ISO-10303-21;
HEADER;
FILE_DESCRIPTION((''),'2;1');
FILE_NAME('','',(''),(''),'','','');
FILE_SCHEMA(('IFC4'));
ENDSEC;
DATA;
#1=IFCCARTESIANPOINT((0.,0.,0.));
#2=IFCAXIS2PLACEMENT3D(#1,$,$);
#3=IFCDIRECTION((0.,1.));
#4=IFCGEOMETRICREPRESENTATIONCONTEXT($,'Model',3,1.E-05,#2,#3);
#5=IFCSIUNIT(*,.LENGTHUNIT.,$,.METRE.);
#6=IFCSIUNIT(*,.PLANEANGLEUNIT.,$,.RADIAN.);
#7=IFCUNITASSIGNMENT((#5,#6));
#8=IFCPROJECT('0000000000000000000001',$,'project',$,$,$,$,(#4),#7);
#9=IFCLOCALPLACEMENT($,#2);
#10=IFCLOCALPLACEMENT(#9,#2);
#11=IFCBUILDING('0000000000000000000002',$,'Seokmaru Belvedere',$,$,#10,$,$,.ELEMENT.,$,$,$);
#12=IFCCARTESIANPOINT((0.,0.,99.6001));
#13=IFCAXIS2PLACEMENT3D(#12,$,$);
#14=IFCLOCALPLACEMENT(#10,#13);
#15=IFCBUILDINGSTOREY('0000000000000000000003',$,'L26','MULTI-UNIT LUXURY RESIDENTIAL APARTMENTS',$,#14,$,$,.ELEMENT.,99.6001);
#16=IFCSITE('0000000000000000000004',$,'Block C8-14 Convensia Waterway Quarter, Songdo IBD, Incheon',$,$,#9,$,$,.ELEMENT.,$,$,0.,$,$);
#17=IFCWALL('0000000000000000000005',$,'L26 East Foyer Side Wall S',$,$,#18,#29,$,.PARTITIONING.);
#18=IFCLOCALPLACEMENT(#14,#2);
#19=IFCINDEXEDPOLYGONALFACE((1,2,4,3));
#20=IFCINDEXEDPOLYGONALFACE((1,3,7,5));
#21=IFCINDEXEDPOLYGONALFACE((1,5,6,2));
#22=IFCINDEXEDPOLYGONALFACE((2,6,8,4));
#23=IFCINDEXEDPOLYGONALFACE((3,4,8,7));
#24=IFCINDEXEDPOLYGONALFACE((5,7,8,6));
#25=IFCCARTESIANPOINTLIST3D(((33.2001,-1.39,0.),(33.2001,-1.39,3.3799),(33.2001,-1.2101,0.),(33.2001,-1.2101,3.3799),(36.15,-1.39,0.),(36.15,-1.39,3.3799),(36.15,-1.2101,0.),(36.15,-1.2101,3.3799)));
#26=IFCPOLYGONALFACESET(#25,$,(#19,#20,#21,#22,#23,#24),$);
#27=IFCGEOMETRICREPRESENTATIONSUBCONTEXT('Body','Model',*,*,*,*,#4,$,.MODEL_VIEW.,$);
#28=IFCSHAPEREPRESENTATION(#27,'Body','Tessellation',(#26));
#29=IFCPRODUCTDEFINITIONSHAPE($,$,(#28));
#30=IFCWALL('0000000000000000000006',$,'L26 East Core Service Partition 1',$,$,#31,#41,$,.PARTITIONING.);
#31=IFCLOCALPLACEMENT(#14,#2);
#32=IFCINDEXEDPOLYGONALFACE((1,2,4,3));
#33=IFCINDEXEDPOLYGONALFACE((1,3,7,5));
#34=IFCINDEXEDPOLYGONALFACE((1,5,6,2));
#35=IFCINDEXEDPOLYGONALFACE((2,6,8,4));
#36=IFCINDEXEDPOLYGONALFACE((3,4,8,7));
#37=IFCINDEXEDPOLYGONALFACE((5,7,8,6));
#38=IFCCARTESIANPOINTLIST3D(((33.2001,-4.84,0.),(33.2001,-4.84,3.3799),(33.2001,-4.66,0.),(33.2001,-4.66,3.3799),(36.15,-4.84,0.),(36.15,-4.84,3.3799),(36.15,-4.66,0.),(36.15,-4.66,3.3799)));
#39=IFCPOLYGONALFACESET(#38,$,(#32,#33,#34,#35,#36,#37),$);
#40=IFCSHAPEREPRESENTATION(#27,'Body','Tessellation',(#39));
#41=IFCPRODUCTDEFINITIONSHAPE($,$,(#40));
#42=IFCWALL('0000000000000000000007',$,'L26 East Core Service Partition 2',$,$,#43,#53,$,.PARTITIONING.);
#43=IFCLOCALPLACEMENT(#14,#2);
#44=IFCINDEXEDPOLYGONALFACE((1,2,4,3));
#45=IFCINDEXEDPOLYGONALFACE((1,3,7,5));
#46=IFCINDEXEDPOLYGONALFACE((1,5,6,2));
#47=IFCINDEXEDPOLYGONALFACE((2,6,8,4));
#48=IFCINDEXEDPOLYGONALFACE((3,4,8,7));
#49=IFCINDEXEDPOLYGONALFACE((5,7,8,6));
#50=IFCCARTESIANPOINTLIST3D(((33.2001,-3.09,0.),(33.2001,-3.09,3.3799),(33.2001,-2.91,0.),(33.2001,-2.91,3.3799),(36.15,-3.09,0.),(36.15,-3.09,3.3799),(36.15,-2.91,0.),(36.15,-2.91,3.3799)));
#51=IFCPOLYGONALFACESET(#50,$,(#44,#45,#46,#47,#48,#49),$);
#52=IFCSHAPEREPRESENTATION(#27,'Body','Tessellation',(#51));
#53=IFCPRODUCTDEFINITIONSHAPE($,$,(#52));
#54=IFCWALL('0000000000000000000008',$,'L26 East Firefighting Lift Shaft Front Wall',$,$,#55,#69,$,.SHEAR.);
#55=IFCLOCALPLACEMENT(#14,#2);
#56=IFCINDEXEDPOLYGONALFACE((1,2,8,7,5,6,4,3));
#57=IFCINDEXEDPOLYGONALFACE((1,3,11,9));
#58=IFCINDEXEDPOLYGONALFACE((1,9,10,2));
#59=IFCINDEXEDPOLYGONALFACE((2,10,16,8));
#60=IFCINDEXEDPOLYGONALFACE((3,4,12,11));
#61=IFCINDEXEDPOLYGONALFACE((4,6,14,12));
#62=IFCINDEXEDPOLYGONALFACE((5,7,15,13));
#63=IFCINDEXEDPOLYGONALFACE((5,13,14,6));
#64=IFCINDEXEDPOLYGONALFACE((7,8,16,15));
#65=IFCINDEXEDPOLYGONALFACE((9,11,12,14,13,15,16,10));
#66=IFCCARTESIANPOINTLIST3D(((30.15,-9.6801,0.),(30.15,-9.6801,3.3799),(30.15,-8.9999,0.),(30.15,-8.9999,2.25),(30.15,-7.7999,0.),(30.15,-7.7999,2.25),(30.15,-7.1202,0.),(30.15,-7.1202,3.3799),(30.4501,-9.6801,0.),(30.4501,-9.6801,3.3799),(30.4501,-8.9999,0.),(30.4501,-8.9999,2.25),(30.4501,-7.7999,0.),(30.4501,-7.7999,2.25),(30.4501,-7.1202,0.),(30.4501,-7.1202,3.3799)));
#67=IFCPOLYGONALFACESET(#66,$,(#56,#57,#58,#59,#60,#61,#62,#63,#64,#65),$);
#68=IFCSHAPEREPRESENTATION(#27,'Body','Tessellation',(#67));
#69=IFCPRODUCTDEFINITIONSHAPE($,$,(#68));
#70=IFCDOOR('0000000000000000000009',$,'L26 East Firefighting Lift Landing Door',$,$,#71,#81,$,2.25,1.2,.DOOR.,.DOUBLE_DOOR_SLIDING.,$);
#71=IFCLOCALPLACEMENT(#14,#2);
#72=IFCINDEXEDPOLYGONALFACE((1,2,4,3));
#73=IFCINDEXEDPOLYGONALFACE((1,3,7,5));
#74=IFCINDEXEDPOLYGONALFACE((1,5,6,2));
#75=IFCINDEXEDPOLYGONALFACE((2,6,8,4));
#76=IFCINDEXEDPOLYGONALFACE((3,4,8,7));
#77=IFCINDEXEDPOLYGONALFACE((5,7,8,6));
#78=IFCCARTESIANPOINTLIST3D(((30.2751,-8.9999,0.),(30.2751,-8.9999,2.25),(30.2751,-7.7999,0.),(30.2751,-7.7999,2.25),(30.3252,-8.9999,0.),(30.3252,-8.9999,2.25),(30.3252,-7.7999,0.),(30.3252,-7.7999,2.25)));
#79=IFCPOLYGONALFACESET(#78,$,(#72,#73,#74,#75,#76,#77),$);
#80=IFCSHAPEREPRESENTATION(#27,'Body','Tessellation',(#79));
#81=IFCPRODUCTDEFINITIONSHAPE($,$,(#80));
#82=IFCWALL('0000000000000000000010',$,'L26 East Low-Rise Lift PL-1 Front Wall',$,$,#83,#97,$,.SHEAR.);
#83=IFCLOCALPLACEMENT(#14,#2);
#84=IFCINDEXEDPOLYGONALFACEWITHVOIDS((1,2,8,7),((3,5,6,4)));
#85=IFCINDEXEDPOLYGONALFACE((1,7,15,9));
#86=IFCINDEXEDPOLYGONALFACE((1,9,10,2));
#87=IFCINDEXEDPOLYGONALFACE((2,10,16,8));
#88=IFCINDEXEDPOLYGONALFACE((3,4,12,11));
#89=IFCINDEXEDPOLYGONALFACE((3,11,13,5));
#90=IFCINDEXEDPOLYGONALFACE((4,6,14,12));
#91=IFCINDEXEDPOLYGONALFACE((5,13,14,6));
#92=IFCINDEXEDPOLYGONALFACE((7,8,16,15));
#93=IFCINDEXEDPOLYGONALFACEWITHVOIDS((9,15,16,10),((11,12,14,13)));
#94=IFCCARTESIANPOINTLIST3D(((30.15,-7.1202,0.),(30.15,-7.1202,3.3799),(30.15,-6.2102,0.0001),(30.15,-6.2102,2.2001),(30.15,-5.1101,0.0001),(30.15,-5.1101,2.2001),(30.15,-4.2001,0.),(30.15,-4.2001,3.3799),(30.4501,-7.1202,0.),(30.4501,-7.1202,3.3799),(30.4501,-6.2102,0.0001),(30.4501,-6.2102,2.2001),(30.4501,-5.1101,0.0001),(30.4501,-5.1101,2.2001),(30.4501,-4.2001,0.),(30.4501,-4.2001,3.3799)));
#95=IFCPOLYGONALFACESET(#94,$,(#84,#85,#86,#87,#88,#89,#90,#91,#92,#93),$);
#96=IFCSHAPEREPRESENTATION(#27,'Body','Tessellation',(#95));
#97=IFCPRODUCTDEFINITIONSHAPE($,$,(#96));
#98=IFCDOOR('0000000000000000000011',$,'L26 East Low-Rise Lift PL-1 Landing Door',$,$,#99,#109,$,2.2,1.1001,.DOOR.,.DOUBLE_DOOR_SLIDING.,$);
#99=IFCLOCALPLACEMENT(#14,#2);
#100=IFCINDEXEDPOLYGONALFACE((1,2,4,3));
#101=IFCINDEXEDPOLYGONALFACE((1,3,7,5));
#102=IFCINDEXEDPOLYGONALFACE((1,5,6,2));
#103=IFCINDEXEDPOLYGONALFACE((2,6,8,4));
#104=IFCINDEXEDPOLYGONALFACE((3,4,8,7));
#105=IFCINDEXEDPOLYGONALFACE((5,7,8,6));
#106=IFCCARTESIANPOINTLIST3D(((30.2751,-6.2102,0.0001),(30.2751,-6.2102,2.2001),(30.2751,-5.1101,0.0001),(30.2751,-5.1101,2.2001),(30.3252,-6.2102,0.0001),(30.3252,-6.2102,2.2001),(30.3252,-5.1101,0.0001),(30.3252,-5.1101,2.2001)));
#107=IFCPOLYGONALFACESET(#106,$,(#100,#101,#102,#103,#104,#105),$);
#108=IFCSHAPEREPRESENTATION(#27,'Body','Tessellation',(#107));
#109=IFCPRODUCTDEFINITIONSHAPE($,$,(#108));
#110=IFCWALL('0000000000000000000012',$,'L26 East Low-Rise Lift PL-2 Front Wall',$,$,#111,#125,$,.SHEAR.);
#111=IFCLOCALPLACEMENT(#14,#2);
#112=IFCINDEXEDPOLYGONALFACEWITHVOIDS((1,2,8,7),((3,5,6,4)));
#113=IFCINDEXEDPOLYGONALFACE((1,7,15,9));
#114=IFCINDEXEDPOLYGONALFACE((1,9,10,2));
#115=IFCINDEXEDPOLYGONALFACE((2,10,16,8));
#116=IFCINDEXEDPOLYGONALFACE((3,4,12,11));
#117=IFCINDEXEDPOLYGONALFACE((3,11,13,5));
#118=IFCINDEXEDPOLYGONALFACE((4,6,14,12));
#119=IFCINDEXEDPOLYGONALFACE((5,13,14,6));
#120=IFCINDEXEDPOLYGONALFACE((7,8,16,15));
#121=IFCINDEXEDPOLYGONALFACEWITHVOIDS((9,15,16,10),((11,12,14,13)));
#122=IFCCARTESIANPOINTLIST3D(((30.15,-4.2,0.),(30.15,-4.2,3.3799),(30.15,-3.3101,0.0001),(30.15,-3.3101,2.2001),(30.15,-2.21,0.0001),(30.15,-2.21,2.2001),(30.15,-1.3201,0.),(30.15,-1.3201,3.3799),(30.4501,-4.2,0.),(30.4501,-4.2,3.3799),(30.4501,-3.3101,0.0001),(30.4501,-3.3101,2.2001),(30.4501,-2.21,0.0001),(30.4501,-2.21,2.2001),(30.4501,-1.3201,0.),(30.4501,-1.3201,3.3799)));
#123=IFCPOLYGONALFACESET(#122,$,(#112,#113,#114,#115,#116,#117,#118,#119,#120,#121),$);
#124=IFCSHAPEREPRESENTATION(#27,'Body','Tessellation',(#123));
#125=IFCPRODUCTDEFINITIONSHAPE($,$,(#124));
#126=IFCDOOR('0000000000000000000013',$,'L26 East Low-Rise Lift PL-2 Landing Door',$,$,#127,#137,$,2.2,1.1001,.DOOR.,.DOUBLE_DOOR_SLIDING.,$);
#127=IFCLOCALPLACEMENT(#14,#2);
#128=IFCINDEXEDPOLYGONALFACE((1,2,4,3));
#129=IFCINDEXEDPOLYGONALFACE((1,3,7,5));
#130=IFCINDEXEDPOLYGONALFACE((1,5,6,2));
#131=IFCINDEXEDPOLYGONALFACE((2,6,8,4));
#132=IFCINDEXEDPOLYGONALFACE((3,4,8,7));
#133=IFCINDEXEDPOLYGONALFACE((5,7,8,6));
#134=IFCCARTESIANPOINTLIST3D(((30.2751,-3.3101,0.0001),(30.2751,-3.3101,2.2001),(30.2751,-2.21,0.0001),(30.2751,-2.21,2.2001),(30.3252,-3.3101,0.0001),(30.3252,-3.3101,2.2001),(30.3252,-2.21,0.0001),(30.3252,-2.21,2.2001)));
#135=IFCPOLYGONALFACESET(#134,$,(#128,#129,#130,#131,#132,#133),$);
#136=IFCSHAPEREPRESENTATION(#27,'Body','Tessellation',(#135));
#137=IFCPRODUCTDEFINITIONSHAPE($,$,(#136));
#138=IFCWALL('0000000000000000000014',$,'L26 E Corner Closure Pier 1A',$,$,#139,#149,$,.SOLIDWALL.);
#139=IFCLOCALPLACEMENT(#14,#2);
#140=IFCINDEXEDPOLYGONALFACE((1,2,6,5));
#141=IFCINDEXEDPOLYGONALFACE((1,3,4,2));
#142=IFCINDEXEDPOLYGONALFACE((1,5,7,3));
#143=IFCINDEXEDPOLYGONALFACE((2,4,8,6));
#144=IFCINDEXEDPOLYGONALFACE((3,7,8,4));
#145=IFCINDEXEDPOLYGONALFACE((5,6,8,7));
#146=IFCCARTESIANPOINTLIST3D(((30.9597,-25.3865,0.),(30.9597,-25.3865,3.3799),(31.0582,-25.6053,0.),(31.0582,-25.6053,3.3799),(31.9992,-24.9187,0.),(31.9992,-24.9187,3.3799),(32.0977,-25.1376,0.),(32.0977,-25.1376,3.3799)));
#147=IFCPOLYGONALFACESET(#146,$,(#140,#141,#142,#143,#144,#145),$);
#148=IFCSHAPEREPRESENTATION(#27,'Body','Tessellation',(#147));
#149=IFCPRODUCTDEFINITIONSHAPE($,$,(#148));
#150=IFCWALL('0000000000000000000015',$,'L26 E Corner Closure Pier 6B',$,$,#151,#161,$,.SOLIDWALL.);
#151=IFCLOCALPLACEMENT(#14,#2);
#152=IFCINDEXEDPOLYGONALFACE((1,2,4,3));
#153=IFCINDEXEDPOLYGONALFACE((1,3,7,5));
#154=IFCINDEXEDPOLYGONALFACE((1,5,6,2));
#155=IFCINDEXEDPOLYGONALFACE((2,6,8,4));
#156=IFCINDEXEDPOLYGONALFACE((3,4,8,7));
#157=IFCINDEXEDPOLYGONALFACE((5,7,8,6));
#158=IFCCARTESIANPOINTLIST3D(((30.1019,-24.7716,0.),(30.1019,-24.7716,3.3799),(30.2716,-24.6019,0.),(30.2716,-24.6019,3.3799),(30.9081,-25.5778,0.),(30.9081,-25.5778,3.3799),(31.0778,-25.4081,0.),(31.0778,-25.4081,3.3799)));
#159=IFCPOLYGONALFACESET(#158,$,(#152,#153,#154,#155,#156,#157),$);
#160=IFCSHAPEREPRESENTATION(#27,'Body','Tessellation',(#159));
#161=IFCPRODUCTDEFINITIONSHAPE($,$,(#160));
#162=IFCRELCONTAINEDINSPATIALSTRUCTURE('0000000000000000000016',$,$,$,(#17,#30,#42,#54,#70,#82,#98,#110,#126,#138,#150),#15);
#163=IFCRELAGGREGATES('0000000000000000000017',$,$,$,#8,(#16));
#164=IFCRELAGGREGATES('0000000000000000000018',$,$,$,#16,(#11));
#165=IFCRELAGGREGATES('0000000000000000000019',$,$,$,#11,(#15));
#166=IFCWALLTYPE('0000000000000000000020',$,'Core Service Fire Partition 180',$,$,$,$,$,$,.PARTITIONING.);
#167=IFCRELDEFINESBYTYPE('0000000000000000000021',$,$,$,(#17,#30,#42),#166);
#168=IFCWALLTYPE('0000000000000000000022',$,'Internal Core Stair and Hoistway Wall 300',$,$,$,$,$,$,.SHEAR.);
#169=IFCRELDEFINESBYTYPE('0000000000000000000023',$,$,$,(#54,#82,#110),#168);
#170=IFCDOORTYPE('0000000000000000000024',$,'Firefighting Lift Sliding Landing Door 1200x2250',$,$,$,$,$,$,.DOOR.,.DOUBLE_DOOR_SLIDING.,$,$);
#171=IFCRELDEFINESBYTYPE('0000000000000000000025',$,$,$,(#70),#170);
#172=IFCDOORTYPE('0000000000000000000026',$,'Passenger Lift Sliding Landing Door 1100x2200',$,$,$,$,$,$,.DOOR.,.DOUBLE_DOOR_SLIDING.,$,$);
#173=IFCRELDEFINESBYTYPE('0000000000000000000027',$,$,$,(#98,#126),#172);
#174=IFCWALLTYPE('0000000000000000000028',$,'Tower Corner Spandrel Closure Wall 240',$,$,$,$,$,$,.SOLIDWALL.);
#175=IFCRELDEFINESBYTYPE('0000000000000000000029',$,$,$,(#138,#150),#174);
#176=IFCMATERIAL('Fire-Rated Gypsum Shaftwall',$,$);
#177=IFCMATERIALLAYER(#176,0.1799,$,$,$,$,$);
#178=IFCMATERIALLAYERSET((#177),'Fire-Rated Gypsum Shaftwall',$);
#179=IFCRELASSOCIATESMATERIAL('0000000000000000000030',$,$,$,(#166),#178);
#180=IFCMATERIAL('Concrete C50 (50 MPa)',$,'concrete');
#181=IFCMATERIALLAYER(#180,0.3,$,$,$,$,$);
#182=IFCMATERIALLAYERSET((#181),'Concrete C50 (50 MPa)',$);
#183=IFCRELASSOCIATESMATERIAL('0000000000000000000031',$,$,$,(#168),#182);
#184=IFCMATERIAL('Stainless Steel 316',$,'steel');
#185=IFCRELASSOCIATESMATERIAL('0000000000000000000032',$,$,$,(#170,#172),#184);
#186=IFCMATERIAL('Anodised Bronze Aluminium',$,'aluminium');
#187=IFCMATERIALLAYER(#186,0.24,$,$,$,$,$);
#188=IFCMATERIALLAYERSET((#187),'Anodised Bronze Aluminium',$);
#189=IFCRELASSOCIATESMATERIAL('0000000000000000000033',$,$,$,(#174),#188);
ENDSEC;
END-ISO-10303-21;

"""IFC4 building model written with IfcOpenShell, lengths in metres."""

from ifc_helpers import new_model, si_unit, direction, frame, frame_2d, origin, place, context, subcontext, project, spatial, rectangle, extrude, source, transform, mapped, material, layer, layer_set, type_object, type_shapes, element, fill, save


model = new_model("IFC4")

# Units and contexts
model_context = context("Model", 3, precision=1e-05, world=origin(), true_north=direction((0.0, 1.0)))
body_context = subcontext(model_context, "Body", "Model", "MODEL_VIEW")
ifc_project = project(units=[si_unit("LENGTHUNIT", "METRE"), si_unit("PLANEANGLEUNIT", "RADIAN")], contexts=[model_context])

# Site, building, storey
site_placement = place(None, origin())
site = spatial("IfcSite", under=ifc_project, at=site_placement, Name="Block C8-14 Convensia Waterway Quarter, Songdo IBD, Incheon", CompositionType="ELEMENT", RefElevation=0.0)
building_placement = place(site_placement, origin())
building = spatial("IfcBuilding", under=site, at=building_placement, Name="Seokmaru Belvedere", CompositionType="ELEMENT")
storey_placement = place(building_placement, frame((0.0, 0.0, 99.6001)))
storey = spatial("IfcBuildingStorey", under=building, at=storey_placement, Name="L26", Description="MULTI-UNIT LUXURY RESIDENTIAL APARTMENTS", CompositionType="ELEMENT", Elevation=99.6001)

# Shared definitions
ifc_material_1 = material(Name="Anodised Bronze Aluminium", Category="aluminium")

# Shared definitions
ifc_material_2 = material(Name="Fire-Rated Gypsum Shaftwall")
ifc_layer_1 = layer(ifc_material_2, 0.1799)
ifc_layer_set_1 = layer_set([ifc_layer_1], Name="Fire-Rated Gypsum Shaftwall")
wall_type_1 = type_object("IfcWallType", Name="Core Service Fire Partition 180", PredefinedType="PARTITIONING", material=ifc_layer_set_1)

# Walls
for number, where, z_axis, x_axis, name in (
    (1, (33.2, -1.3, 0.0), (0.0, 0.0, 1.0), (1.0, 0.0, 0.0), "L26 East Foyer Side Wall S"),
    (2, (33.2, -4.75, 0.0), (0.0, 0.0, 1.0), (1.0, 0.0, 0.0), "L26 East Core Service Partition 1"),
    (3, (33.2, -3.0, 0.0), (0.0, 0.0, 1.0), (1.0, 0.0, 0.0), "L26 East Core Service Partition 2"),
):
    element("IfcWall", number, at=place(storey_placement, frame(where, z_axis=z_axis, x_axis=x_axis)), inside=storey, type_object=wall_type_1, Name=name, PredefinedType="PARTITIONING", context=body_context, shape_type="SweptSolid", body=[
        extrude(rectangle(XDim=2.95, YDim=0.1799, at=frame_2d((1.4751, 0.0))), origin(), (0.0, 0.0, 1.0), 3.3799),
    ])

# Walls, openings, doors
ifc_material_3 = material(Name="Concrete C50 (50 MPa)", Category="concrete")
ifc_layer_2 = layer(ifc_material_3, 0.3)
ifc_layer_set_2 = layer_set([ifc_layer_2], Name="Concrete C50 (50 MPa)")
wall_type_2 = type_object("IfcWallType", Name="Internal Core Stair and Hoistway Wall 300", PredefinedType="SHEAR", material=ifc_layer_set_2)
wall_1_placement = place(storey_placement, frame((30.3, -9.6799, 0.0), z_axis=(0.0, 0.0, 1.0), x_axis=(0.0, 1.0, 0.0)))
wall_1 = element("IfcWall", 4, at=wall_1_placement, inside=storey, type_object=wall_type_2, Name="L26 East Firefighting Lift Shaft Front Wall", PredefinedType="SHEAR", context=body_context, shape_type="SweptSolid", body=[
    extrude(rectangle(XDim=2.5598, YDim=0.3, at=frame_2d((1.2798, 0.0))), origin(), (0.0, 0.0, 1.0), 3.3799),
])
opening_1_placement = place(wall_1_placement, frame((0.6799, 0.0, 0.0)))
opening_1 = element("IfcOpeningElement", 5, at=opening_1_placement, cuts=wall_1, PredefinedType="OPENING", context=body_context, shape_type="SweptSolid", body=[
    extrude(rectangle(XDim=1.2, YDim=2.25, at=frame_2d((0.6001, 1.125))), frame((0.0, 0.1602, 0.0), z_axis=(0.0, -1.0, 0.0), x_axis=(1.0, 0.0, 0.0)), (0.0, 0.0, 1.0), 0.3201),
])
ifc_material_4 = material(Name="Stainless Steel 316", Category="steel")
door_type_1 = type_object("IfcDoorType", Name="Firefighting Lift Sliding Landing Door 1200x2250", OperationType="DOUBLE_DOOR_SLIDING", PredefinedType="DOOR", material=ifc_material_4)
shared_shape_1 = source(origin(), body_context, "Body", "SweptSolid", [
    extrude(rectangle(XDim=1.2, YDim=2.25, at=frame_2d((0.6001, 1.125))), frame((0.0, 0.0249, 0.0), z_axis=(0.0, -1.0, 0.0), x_axis=(1.0, 0.0, 0.0)), (0.0, 0.0, 1.0), 0.05),
])
type_shapes(door_type_1, [shared_shape_1])
door_1_placement = place(opening_1_placement, origin())
door_1 = element("IfcDoor", 6, at=door_1_placement, inside=storey, type_object=door_type_1, Name="L26 East Firefighting Lift Landing Door", OperationType="DOUBLE_DOOR_SLIDING", OverallHeight=2.25, OverallWidth=1.2, PredefinedType="DOOR", context=body_context, shape_type="MappedRepresentation", body=[
    mapped(shared_shape_1, transform((0.0, 0.0, 0.0), scale=1.0)),
])
fill(opening_1, door_1)
wall_2_placement = place(storey_placement, frame((30.3, -7.1201, 0.0), z_axis=(0.0, 0.0, 1.0), x_axis=(0.0, 1.0, 0.0)))
wall_2 = element("IfcWall", 7, at=wall_2_placement, inside=storey, type_object=wall_type_2, Name="L26 East Low-Rise Lift PL-1 Front Wall", PredefinedType="SHEAR", context=body_context, shape_type="SweptSolid", body=[
    extrude(rectangle(XDim=2.9202, YDim=0.3, at=frame_2d((1.46, 0.0))), origin(), (0.0, 0.0, 1.0), 3.3799),
])
opening_2_placement = place(wall_2_placement, frame((0.9099, 0.0, 0.0)))
opening_2 = element("IfcOpeningElement", 8, at=opening_2_placement, cuts=wall_2, PredefinedType="OPENING", context=body_context, shape_type="SweptSolid", body=[
    extrude(rectangle(XDim=1.1001, YDim=2.2, at=frame_2d((0.55, 1.1001))), frame((0.0, 0.1602, 0.0), z_axis=(0.0, -1.0, 0.0), x_axis=(1.0, 0.0, 0.0)), (0.0, 0.0, 1.0), 0.3201),
])
door_type_2 = type_object("IfcDoorType", Name="Passenger Lift Sliding Landing Door 1100x2200", OperationType="DOUBLE_DOOR_SLIDING", PredefinedType="DOOR", material=ifc_material_4)
shared_shape_2 = source(origin(), body_context, "Body", "SweptSolid", [
    extrude(rectangle(XDim=1.1001, YDim=2.2, at=frame_2d((0.55, 1.1001))), frame((0.0, 0.0249, 0.0), z_axis=(0.0, -1.0, 0.0), x_axis=(1.0, 0.0, 0.0)), (0.0, 0.0, 1.0), 0.05),
])
type_shapes(door_type_2, [shared_shape_2])
door_2_placement = place(opening_2_placement, origin())
door_2 = element("IfcDoor", 9, at=door_2_placement, inside=storey, type_object=door_type_2, Name="L26 East Low-Rise Lift PL-1 Landing Door", OperationType="DOUBLE_DOOR_SLIDING", OverallHeight=2.2, OverallWidth=1.1001, PredefinedType="DOOR", context=body_context, shape_type="MappedRepresentation", body=[
    mapped(shared_shape_2, transform((0.0, 0.0, 0.0), scale=1.0)),
])
fill(opening_2, door_2)
wall_3_placement = place(storey_placement, frame((30.3, -4.2, 0.0), z_axis=(0.0, 0.0, 1.0), x_axis=(0.0, 1.0, 0.0)))
wall_3 = element("IfcWall", 10, at=wall_3_placement, inside=storey, type_object=wall_type_2, Name="L26 East Low-Rise Lift PL-2 Front Wall", PredefinedType="SHEAR", context=body_context, shape_type="SweptSolid", body=[
    extrude(rectangle(XDim=2.8799, YDim=0.3, at=frame_2d((1.4399, 0.0))), origin(), (0.0, 0.0, 1.0), 3.3799),
])
opening_3_placement = place(wall_3_placement, frame((0.8899, 0.0, 0.0)))
opening_3 = element("IfcOpeningElement", 11, at=opening_3_placement, cuts=wall_3, PredefinedType="OPENING", context=body_context, shape_type="SweptSolid", body=[
    extrude(rectangle(XDim=1.1001, YDim=2.2, at=frame_2d((0.55, 1.1001))), frame((0.0, 0.1602, 0.0), z_axis=(0.0, -1.0, 0.0), x_axis=(1.0, 0.0, 0.0)), (0.0, 0.0, 1.0), 0.3201),
])
door_3_placement = place(opening_3_placement, origin())
door_3 = element("IfcDoor", 12, at=door_3_placement, inside=storey, type_object=door_type_2, Name="L26 East Low-Rise Lift PL-2 Landing Door", OperationType="DOUBLE_DOOR_SLIDING", OverallHeight=2.2, OverallWidth=1.1001, PredefinedType="DOOR", context=body_context, shape_type="MappedRepresentation", body=[
    mapped(shared_shape_2, transform((0.0, 0.0, 0.0), scale=1.0)),
])
fill(opening_3, door_3)

# Walls
ifc_layer_3 = layer(ifc_material_1, 0.24)
ifc_layer_set_3 = layer_set([ifc_layer_3], Name="Anodised Bronze Aluminium")
wall_type_3 = type_object("IfcWallType", Name="Tower Corner Spandrel Closure Wall 240", PredefinedType="SOLIDWALL", material=ifc_layer_set_3)
wall_4_placement = place(storey_placement, frame((31.009, -25.4958, 0.0), z_axis=(0.0, 0.0, 1.0), x_axis=(0.91193, 0.410347, 0.0)))
element("IfcWall", 13, at=wall_4_placement, inside=storey, type_object=wall_type_3, Name="L26 E Corner Closure Pier 1A", PredefinedType="SOLIDWALL", context=body_context, shape_type="SweptSolid", body=[
    extrude(rectangle(XDim=1.1399, YDim=0.24, at=frame_2d((0.5698, 0.0))), origin(), (0.0, 0.0, 1.0), 3.3799),
])
wall_5_placement = place(storey_placement, frame((30.1868, -24.6868, 0.0), z_axis=(0.0, 0.0, 1.0), x_axis=(0.707107, -0.707107, 0.0)))
element("IfcWall", 14, at=wall_5_placement, inside=storey, type_object=wall_type_3, Name="L26 E Corner Closure Pier 6B", PredefinedType="SOLIDWALL", context=body_context, shape_type="SweptSolid", body=[
    extrude(rectangle(XDim=1.1401, YDim=0.24, at=frame_2d((0.5701, 0.0))), origin(), (0.0, 0.0, 1.0), 3.3799),
])

save(model, "model.ifc")
